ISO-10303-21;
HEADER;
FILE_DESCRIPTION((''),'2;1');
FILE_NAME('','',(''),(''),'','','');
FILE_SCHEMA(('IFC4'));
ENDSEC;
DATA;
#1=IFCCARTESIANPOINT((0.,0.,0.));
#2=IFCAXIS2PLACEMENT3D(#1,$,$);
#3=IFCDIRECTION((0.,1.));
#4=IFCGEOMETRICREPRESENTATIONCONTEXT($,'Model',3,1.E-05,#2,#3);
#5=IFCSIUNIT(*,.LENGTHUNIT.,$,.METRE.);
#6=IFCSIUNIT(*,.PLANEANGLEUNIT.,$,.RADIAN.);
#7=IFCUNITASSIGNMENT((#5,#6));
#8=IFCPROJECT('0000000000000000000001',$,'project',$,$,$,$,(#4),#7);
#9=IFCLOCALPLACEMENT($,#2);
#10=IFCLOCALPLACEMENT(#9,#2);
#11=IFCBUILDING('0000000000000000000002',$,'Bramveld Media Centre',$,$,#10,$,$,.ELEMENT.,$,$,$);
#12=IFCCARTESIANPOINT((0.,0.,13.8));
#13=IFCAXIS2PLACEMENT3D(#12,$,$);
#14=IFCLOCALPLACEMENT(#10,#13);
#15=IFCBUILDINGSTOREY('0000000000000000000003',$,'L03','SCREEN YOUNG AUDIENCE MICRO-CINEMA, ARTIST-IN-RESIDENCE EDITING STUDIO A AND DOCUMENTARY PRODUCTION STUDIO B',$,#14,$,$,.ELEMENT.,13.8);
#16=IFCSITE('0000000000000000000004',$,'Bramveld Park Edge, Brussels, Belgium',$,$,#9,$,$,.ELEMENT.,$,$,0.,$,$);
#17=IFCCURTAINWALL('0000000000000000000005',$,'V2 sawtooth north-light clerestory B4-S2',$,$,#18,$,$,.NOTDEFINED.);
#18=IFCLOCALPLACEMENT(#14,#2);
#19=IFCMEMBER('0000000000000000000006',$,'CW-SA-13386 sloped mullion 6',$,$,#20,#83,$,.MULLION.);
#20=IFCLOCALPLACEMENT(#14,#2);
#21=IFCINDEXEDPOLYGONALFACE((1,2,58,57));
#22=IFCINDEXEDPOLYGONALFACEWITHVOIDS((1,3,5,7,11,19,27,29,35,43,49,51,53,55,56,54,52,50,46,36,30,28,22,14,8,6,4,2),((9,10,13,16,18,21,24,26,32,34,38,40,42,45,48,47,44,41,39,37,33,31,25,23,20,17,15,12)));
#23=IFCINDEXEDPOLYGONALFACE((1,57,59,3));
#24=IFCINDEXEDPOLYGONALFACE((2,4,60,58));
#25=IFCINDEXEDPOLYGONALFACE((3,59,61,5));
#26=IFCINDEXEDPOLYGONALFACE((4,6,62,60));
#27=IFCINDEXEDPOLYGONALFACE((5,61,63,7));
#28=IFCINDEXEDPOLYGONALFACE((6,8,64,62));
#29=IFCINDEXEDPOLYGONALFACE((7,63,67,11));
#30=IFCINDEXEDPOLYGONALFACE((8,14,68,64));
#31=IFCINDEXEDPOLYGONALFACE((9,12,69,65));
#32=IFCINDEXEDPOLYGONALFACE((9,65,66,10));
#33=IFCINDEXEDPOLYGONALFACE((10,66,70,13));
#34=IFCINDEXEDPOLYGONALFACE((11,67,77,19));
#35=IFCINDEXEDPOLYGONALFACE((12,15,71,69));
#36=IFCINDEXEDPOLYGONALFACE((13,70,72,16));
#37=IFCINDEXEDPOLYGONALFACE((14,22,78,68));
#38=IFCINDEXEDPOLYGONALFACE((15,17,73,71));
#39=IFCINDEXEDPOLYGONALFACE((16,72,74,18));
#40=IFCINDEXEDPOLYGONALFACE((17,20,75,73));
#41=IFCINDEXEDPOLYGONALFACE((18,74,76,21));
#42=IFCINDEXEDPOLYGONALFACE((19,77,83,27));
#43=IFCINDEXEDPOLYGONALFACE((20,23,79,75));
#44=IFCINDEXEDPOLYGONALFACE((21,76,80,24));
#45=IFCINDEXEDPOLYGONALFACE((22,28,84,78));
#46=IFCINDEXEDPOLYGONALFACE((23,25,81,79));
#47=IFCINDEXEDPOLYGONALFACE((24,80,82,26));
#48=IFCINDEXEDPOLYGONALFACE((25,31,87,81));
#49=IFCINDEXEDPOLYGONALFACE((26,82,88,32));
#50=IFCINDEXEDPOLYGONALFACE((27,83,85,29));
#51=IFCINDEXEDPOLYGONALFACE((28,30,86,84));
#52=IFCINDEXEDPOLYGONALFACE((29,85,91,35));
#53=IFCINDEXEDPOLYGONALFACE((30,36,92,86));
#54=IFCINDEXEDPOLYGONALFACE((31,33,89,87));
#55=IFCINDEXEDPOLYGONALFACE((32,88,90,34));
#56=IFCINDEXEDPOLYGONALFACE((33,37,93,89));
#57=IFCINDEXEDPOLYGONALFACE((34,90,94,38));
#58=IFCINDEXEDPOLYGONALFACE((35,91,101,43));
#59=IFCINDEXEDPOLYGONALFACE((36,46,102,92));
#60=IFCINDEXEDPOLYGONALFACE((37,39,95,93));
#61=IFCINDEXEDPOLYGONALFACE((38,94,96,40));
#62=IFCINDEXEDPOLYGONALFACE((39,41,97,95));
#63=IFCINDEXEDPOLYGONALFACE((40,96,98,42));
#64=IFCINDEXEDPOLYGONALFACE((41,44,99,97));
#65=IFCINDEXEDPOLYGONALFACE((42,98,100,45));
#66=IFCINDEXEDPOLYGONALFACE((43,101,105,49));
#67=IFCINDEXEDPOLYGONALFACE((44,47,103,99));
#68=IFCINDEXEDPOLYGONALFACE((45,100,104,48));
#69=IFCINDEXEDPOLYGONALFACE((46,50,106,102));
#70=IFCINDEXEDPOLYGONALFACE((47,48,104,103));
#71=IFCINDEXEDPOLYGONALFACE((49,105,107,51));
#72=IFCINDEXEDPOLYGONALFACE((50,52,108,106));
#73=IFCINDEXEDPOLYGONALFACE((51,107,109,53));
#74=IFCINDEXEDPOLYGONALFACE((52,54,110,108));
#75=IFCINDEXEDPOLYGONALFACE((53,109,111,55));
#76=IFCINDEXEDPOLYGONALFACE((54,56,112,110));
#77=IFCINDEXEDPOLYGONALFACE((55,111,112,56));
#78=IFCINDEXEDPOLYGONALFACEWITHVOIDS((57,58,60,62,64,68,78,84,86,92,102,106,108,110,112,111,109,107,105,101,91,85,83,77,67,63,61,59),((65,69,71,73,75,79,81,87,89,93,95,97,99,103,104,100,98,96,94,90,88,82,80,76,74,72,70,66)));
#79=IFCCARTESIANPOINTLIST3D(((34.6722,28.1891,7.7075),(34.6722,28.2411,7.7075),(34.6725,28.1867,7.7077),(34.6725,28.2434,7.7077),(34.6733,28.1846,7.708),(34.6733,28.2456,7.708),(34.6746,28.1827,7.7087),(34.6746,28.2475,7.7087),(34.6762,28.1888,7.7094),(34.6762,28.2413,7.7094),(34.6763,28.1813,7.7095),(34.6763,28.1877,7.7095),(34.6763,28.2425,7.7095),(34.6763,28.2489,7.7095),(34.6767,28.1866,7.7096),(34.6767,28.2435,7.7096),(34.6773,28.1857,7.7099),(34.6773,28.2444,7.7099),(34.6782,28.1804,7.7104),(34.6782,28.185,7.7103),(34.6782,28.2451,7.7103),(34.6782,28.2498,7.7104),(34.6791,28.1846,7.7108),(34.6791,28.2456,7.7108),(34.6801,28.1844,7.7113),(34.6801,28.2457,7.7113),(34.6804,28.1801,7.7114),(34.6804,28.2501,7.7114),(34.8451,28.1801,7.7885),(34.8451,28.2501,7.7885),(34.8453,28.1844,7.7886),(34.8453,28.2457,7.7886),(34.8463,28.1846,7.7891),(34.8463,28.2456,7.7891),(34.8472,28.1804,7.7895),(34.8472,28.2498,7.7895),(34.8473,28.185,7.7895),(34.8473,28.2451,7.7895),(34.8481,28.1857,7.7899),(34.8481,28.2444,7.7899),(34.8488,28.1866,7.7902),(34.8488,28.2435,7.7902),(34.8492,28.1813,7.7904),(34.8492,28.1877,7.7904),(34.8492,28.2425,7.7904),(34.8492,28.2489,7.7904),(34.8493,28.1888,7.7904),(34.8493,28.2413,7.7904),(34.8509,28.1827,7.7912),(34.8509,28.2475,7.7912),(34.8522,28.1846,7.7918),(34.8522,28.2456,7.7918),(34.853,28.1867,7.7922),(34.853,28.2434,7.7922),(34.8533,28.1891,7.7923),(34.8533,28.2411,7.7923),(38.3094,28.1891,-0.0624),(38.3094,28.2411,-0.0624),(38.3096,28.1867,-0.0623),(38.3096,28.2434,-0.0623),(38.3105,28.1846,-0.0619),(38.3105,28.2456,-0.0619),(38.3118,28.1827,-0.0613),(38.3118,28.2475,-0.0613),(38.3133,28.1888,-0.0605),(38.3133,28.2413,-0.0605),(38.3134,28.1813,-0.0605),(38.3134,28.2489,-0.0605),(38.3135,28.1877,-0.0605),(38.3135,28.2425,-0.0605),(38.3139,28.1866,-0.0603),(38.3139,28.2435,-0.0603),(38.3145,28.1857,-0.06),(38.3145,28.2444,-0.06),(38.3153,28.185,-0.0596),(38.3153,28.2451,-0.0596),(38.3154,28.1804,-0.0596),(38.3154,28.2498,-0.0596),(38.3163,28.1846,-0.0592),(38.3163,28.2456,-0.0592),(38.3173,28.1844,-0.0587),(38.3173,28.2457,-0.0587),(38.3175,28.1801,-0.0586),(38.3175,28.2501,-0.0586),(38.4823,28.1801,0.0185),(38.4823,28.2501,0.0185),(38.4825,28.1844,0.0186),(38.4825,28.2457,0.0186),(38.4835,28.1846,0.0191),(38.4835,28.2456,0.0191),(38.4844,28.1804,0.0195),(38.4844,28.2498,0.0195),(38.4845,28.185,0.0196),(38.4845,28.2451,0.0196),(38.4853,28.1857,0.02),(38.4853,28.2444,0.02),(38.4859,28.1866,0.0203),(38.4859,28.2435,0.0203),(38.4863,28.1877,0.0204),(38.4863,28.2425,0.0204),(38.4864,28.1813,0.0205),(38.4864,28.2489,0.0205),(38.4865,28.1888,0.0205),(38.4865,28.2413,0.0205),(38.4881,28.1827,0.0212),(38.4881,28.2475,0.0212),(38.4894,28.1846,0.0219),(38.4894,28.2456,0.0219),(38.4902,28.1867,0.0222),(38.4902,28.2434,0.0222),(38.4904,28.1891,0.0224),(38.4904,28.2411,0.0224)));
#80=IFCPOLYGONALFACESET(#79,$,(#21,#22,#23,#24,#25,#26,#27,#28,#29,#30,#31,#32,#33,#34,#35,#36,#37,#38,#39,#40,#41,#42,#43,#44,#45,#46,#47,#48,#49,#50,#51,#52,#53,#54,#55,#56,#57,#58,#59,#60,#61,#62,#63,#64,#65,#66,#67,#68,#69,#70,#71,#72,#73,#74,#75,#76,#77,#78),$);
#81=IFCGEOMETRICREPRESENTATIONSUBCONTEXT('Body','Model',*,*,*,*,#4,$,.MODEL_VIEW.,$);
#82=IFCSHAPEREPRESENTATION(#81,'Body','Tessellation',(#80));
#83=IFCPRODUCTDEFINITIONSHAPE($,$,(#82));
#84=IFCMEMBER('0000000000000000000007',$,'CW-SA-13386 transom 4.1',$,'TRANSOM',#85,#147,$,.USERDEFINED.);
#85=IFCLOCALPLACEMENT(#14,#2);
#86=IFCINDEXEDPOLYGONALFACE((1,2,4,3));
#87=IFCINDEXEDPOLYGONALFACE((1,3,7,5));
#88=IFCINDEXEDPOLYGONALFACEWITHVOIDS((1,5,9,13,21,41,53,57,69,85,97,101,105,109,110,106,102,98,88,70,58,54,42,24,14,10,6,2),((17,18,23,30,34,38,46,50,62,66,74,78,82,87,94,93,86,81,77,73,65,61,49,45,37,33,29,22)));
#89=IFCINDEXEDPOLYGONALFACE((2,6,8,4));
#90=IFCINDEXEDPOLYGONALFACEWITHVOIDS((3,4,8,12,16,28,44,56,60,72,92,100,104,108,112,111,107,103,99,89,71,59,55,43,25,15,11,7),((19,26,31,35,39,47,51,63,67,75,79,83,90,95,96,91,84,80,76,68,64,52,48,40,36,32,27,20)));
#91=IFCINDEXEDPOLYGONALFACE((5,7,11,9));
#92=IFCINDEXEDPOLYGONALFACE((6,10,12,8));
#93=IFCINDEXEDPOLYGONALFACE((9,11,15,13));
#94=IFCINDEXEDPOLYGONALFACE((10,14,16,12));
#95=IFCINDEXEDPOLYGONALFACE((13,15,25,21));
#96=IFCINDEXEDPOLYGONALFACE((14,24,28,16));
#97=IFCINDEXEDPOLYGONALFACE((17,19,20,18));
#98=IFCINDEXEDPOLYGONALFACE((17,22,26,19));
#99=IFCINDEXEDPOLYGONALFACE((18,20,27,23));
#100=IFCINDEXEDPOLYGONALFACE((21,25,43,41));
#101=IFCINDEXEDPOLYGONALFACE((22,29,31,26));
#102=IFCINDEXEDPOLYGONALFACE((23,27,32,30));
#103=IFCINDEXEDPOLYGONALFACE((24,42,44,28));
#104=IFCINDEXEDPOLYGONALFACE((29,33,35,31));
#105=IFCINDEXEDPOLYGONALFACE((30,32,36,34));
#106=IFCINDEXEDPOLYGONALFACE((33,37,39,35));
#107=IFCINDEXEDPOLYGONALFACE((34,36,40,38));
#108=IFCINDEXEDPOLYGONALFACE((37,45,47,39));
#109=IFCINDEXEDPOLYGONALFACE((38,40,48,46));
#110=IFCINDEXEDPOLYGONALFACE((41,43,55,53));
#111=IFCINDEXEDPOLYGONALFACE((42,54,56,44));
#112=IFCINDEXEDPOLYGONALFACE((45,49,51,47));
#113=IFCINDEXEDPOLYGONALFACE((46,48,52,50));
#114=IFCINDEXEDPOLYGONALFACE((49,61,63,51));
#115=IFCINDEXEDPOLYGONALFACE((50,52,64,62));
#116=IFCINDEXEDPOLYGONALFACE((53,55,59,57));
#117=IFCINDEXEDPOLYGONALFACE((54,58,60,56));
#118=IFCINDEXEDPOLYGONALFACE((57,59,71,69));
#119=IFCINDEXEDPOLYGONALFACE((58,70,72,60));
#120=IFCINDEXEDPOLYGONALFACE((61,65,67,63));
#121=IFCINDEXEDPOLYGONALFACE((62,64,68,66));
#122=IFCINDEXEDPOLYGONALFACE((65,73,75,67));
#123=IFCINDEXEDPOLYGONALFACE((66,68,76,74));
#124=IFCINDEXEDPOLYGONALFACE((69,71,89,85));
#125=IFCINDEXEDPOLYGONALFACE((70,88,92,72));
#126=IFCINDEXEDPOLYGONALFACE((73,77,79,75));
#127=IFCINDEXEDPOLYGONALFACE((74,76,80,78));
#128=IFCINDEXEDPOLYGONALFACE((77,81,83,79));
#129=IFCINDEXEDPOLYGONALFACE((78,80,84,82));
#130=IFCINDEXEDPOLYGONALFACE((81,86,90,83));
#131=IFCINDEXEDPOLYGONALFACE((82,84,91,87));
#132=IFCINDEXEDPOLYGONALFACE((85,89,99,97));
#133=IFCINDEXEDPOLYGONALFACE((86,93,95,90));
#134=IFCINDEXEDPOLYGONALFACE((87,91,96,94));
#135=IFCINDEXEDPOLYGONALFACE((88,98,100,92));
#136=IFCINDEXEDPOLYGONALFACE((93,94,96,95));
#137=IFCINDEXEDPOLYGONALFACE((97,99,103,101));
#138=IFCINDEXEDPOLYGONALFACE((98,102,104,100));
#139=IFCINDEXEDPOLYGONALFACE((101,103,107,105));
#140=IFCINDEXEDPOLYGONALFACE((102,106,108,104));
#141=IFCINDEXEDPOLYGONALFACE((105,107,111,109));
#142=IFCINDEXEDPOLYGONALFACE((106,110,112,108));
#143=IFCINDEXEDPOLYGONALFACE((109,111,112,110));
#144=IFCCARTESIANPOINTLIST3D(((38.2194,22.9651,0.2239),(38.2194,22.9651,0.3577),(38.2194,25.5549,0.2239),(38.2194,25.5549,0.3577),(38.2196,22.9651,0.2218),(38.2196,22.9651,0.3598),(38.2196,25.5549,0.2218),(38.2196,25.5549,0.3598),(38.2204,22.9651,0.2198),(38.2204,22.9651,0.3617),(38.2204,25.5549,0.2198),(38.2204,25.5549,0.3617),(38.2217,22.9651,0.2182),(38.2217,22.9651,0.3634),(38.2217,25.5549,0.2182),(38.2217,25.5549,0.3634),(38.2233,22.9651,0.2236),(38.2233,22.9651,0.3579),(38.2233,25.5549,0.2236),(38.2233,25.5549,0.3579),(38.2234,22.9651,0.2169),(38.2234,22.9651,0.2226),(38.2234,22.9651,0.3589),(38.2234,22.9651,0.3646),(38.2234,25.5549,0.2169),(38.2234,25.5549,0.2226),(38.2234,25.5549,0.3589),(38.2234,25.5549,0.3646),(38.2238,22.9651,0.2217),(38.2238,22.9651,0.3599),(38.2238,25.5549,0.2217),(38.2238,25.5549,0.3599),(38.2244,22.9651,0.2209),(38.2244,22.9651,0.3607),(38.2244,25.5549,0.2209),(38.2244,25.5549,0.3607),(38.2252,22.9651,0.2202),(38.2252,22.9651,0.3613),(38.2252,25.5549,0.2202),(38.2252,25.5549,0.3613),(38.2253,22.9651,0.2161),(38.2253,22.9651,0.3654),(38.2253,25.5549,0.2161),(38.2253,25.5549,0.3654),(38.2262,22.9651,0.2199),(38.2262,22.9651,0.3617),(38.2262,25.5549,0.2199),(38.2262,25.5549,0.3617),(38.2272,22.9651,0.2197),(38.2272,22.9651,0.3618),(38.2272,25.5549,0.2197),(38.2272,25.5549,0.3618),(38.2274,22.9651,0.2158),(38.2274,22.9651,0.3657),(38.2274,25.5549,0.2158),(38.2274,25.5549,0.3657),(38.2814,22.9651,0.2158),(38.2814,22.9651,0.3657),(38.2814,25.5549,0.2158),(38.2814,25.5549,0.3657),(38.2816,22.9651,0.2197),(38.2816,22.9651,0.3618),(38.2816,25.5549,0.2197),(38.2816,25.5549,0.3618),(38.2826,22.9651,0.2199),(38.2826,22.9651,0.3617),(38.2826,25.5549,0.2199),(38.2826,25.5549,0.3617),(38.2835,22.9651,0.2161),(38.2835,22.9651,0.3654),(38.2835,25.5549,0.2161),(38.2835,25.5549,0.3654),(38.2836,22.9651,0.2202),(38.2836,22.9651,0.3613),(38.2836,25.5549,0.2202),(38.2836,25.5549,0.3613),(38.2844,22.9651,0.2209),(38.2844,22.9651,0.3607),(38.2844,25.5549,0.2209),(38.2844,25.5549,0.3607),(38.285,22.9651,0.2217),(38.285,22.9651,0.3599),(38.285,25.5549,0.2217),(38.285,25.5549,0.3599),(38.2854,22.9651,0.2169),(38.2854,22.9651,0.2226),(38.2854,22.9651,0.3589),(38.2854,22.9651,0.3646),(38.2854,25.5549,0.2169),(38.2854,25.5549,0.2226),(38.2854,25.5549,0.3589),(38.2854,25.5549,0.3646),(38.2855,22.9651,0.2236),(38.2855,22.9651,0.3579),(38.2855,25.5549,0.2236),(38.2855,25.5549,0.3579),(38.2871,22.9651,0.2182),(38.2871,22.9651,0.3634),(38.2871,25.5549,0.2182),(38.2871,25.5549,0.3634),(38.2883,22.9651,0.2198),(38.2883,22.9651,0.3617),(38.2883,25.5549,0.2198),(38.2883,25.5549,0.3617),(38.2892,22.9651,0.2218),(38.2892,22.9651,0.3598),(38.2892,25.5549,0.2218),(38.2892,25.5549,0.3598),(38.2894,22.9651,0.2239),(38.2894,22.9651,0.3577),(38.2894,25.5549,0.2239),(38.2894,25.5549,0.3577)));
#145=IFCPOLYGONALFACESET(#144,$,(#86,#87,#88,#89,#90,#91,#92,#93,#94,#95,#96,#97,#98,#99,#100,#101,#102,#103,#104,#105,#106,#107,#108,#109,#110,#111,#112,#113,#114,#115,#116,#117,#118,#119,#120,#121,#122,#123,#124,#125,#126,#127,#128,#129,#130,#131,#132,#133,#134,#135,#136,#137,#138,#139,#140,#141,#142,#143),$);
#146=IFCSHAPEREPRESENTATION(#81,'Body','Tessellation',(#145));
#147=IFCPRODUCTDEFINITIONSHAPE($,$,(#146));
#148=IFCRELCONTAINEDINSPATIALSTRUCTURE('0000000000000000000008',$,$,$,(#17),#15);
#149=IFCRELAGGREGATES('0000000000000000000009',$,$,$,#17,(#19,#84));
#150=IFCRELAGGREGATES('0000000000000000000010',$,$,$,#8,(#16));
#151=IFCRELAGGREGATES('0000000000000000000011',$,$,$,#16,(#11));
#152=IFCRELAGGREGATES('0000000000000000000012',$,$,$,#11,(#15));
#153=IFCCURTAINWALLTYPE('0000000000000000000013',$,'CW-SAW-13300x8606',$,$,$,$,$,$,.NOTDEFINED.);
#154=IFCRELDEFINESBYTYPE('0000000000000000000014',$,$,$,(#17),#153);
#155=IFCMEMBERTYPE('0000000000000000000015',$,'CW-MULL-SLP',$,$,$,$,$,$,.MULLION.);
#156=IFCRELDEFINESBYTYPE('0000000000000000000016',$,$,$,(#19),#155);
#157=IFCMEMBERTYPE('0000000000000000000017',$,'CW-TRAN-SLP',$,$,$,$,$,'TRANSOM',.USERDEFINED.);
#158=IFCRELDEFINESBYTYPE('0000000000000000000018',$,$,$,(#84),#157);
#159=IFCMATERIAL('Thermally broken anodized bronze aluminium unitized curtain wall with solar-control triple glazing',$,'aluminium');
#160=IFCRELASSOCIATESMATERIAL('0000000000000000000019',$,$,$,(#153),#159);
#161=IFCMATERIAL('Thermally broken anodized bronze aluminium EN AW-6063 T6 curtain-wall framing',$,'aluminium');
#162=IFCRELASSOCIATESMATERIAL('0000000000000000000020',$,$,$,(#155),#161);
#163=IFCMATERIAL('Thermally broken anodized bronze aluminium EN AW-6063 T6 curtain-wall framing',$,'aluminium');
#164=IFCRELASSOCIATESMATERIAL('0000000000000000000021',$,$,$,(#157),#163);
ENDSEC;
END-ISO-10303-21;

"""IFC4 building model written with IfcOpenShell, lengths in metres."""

from ifc_helpers import new_model, si_unit, direction, frame, origin, origin_2d, place, context, subcontext, project, spatial, hollow_rectangle, extrude, material, material_profile, profile_set, type_object, element, aggregate, save


model = new_model("IFC4")

# Units and contexts
model_context = context("Model", 3, precision=1e-05, world=origin(), true_north=direction((0.0, 1.0)))
body_context = subcontext(model_context, "Body", "Model", "MODEL_VIEW")
ifc_project = project(units=[si_unit("LENGTHUNIT", "METRE"), si_unit("PLANEANGLEUNIT", "RADIAN")], contexts=[model_context])

# Site, building, storey
site_placement = place(None, origin())
site = spatial("IfcSite", under=ifc_project, at=site_placement, Name="Bramveld Park Edge, Brussels, Belgium", CompositionType="ELEMENT", RefElevation=0.0)
building_placement = place(site_placement, origin())
building = spatial("IfcBuilding", under=site, at=building_placement, Name="Bramveld Media Centre", CompositionType="ELEMENT")
storey_placement = place(building_placement, frame((0.0, 0.0, 13.8)))
storey = spatial("IfcBuildingStorey", under=building, at=storey_placement, Name="L03", Description="SCREEN YOUNG AUDIENCE MICRO-CINEMA, ARTIST-IN-RESIDENCE EDITING STUDIO A AND DOCUMENTARY PRODUCTION STUDIO B", CompositionType="ELEMENT", Elevation=13.8)

# Curtain wall, members
ifc_material_1 = material(Name="Thermally broken anodized bronze aluminium unitized curtain wall with solar-control triple glazing", Category="aluminium")
curtain_wall_type = type_object("IfcCurtainWallType", Name="CW-SAW-13300x8606", PredefinedType="NOTDEFINED", material=ifc_material_1)
curtain_wall_placement = place(storey_placement, origin())
curtain_wall = element("IfcCurtainWall", 1, at=curtain_wall_placement, inside=storey, type_object=curtain_wall_type, Name="V2 sawtooth north-light clerestory B4-S2", PredefinedType="NOTDEFINED")
ifc_material_2 = material(Name="Thermally broken anodized bronze aluminium EN AW-6063 T6 curtain-wall framing", Category="aluminium")
ifc_material_profile_1 = material_profile(ifc_material_2, hollow_rectangle(XDim=0.0701, YDim=0.2, WallThickness=0.0044, InnerFilletRadius=0.0044, OuterFilletRadius=0.009, at=origin_2d()), Name="AL-MULL 70x200")
ifc_profile_set_1 = profile_set([ifc_material_profile_1], Name="Thermally broken anodized bronze aluminium EN AW-6063 T6 curtain-wall framing")
member_type_1 = type_object("IfcMemberType", Name="CW-MULL-SLP", PredefinedType="MULLION", material=ifc_profile_set_1)
member_1_placement = place(storey_placement, frame((38.3999, 28.2151, -0.02), z_axis=(-0.423957, 0.0, 0.905682), x_axis=(0.0, -1.0, 0.0)))
member_1 = element("IfcMember", 2, at=member_1_placement, type_object=member_type_1, Name="CW-SA-13386 sloped mullion 6", PredefinedType="MULLION", context=body_context, shape_type="SweptSolid", body=[
    extrude(hollow_rectangle(XDim=0.0701, YDim=0.2, WallThickness=0.0044, InnerFilletRadius=0.0044, OuterFilletRadius=0.009, at=origin_2d()), origin(), (0.0, 0.0, 1.0), 8.5791),
])
ifc_material_3 = material(Name="Thermally broken anodized bronze aluminium EN AW-6063 T6 curtain-wall framing", Category="aluminium")
ifc_material_profile_2 = material_profile(ifc_material_3, hollow_rectangle(XDim=0.0701, YDim=0.1499, WallThickness=0.0039, InnerFilletRadius=0.0039, OuterFilletRadius=0.0081, at=origin_2d()), Name="AL-TRAN 70x150")
ifc_profile_set_2 = profile_set([ifc_material_profile_2], Name="Thermally broken anodized bronze aluminium EN AW-6063 T6 curtain-wall framing")
member_type_2 = type_object("IfcMemberType", Name="CW-TRAN-SLP", ElementType="TRANSOM", PredefinedType="USERDEFINED", material=ifc_profile_set_2)
member_2_placement = place(storey_placement, frame((38.2544, 22.9651, 0.2908), z_axis=(0.0, 1.0, 0.0), x_axis=(-1.0, 0.0, 0.0)))
member_2 = element("IfcMember", 3, at=member_2_placement, type_object=member_type_2, Name="CW-SA-13386 transom 4.1", ObjectType="TRANSOM", PredefinedType="USERDEFINED", context=body_context, shape_type="SweptSolid", body=[
    extrude(hollow_rectangle(XDim=0.0701, YDim=0.1499, WallThickness=0.0039, InnerFilletRadius=0.0039, OuterFilletRadius=0.0081, at=origin_2d()), origin(), (0.0, 0.0, 1.0), 2.5898),
])

aggregate(curtain_wall, [member_1, member_2])

save(model, "model.ifc")
